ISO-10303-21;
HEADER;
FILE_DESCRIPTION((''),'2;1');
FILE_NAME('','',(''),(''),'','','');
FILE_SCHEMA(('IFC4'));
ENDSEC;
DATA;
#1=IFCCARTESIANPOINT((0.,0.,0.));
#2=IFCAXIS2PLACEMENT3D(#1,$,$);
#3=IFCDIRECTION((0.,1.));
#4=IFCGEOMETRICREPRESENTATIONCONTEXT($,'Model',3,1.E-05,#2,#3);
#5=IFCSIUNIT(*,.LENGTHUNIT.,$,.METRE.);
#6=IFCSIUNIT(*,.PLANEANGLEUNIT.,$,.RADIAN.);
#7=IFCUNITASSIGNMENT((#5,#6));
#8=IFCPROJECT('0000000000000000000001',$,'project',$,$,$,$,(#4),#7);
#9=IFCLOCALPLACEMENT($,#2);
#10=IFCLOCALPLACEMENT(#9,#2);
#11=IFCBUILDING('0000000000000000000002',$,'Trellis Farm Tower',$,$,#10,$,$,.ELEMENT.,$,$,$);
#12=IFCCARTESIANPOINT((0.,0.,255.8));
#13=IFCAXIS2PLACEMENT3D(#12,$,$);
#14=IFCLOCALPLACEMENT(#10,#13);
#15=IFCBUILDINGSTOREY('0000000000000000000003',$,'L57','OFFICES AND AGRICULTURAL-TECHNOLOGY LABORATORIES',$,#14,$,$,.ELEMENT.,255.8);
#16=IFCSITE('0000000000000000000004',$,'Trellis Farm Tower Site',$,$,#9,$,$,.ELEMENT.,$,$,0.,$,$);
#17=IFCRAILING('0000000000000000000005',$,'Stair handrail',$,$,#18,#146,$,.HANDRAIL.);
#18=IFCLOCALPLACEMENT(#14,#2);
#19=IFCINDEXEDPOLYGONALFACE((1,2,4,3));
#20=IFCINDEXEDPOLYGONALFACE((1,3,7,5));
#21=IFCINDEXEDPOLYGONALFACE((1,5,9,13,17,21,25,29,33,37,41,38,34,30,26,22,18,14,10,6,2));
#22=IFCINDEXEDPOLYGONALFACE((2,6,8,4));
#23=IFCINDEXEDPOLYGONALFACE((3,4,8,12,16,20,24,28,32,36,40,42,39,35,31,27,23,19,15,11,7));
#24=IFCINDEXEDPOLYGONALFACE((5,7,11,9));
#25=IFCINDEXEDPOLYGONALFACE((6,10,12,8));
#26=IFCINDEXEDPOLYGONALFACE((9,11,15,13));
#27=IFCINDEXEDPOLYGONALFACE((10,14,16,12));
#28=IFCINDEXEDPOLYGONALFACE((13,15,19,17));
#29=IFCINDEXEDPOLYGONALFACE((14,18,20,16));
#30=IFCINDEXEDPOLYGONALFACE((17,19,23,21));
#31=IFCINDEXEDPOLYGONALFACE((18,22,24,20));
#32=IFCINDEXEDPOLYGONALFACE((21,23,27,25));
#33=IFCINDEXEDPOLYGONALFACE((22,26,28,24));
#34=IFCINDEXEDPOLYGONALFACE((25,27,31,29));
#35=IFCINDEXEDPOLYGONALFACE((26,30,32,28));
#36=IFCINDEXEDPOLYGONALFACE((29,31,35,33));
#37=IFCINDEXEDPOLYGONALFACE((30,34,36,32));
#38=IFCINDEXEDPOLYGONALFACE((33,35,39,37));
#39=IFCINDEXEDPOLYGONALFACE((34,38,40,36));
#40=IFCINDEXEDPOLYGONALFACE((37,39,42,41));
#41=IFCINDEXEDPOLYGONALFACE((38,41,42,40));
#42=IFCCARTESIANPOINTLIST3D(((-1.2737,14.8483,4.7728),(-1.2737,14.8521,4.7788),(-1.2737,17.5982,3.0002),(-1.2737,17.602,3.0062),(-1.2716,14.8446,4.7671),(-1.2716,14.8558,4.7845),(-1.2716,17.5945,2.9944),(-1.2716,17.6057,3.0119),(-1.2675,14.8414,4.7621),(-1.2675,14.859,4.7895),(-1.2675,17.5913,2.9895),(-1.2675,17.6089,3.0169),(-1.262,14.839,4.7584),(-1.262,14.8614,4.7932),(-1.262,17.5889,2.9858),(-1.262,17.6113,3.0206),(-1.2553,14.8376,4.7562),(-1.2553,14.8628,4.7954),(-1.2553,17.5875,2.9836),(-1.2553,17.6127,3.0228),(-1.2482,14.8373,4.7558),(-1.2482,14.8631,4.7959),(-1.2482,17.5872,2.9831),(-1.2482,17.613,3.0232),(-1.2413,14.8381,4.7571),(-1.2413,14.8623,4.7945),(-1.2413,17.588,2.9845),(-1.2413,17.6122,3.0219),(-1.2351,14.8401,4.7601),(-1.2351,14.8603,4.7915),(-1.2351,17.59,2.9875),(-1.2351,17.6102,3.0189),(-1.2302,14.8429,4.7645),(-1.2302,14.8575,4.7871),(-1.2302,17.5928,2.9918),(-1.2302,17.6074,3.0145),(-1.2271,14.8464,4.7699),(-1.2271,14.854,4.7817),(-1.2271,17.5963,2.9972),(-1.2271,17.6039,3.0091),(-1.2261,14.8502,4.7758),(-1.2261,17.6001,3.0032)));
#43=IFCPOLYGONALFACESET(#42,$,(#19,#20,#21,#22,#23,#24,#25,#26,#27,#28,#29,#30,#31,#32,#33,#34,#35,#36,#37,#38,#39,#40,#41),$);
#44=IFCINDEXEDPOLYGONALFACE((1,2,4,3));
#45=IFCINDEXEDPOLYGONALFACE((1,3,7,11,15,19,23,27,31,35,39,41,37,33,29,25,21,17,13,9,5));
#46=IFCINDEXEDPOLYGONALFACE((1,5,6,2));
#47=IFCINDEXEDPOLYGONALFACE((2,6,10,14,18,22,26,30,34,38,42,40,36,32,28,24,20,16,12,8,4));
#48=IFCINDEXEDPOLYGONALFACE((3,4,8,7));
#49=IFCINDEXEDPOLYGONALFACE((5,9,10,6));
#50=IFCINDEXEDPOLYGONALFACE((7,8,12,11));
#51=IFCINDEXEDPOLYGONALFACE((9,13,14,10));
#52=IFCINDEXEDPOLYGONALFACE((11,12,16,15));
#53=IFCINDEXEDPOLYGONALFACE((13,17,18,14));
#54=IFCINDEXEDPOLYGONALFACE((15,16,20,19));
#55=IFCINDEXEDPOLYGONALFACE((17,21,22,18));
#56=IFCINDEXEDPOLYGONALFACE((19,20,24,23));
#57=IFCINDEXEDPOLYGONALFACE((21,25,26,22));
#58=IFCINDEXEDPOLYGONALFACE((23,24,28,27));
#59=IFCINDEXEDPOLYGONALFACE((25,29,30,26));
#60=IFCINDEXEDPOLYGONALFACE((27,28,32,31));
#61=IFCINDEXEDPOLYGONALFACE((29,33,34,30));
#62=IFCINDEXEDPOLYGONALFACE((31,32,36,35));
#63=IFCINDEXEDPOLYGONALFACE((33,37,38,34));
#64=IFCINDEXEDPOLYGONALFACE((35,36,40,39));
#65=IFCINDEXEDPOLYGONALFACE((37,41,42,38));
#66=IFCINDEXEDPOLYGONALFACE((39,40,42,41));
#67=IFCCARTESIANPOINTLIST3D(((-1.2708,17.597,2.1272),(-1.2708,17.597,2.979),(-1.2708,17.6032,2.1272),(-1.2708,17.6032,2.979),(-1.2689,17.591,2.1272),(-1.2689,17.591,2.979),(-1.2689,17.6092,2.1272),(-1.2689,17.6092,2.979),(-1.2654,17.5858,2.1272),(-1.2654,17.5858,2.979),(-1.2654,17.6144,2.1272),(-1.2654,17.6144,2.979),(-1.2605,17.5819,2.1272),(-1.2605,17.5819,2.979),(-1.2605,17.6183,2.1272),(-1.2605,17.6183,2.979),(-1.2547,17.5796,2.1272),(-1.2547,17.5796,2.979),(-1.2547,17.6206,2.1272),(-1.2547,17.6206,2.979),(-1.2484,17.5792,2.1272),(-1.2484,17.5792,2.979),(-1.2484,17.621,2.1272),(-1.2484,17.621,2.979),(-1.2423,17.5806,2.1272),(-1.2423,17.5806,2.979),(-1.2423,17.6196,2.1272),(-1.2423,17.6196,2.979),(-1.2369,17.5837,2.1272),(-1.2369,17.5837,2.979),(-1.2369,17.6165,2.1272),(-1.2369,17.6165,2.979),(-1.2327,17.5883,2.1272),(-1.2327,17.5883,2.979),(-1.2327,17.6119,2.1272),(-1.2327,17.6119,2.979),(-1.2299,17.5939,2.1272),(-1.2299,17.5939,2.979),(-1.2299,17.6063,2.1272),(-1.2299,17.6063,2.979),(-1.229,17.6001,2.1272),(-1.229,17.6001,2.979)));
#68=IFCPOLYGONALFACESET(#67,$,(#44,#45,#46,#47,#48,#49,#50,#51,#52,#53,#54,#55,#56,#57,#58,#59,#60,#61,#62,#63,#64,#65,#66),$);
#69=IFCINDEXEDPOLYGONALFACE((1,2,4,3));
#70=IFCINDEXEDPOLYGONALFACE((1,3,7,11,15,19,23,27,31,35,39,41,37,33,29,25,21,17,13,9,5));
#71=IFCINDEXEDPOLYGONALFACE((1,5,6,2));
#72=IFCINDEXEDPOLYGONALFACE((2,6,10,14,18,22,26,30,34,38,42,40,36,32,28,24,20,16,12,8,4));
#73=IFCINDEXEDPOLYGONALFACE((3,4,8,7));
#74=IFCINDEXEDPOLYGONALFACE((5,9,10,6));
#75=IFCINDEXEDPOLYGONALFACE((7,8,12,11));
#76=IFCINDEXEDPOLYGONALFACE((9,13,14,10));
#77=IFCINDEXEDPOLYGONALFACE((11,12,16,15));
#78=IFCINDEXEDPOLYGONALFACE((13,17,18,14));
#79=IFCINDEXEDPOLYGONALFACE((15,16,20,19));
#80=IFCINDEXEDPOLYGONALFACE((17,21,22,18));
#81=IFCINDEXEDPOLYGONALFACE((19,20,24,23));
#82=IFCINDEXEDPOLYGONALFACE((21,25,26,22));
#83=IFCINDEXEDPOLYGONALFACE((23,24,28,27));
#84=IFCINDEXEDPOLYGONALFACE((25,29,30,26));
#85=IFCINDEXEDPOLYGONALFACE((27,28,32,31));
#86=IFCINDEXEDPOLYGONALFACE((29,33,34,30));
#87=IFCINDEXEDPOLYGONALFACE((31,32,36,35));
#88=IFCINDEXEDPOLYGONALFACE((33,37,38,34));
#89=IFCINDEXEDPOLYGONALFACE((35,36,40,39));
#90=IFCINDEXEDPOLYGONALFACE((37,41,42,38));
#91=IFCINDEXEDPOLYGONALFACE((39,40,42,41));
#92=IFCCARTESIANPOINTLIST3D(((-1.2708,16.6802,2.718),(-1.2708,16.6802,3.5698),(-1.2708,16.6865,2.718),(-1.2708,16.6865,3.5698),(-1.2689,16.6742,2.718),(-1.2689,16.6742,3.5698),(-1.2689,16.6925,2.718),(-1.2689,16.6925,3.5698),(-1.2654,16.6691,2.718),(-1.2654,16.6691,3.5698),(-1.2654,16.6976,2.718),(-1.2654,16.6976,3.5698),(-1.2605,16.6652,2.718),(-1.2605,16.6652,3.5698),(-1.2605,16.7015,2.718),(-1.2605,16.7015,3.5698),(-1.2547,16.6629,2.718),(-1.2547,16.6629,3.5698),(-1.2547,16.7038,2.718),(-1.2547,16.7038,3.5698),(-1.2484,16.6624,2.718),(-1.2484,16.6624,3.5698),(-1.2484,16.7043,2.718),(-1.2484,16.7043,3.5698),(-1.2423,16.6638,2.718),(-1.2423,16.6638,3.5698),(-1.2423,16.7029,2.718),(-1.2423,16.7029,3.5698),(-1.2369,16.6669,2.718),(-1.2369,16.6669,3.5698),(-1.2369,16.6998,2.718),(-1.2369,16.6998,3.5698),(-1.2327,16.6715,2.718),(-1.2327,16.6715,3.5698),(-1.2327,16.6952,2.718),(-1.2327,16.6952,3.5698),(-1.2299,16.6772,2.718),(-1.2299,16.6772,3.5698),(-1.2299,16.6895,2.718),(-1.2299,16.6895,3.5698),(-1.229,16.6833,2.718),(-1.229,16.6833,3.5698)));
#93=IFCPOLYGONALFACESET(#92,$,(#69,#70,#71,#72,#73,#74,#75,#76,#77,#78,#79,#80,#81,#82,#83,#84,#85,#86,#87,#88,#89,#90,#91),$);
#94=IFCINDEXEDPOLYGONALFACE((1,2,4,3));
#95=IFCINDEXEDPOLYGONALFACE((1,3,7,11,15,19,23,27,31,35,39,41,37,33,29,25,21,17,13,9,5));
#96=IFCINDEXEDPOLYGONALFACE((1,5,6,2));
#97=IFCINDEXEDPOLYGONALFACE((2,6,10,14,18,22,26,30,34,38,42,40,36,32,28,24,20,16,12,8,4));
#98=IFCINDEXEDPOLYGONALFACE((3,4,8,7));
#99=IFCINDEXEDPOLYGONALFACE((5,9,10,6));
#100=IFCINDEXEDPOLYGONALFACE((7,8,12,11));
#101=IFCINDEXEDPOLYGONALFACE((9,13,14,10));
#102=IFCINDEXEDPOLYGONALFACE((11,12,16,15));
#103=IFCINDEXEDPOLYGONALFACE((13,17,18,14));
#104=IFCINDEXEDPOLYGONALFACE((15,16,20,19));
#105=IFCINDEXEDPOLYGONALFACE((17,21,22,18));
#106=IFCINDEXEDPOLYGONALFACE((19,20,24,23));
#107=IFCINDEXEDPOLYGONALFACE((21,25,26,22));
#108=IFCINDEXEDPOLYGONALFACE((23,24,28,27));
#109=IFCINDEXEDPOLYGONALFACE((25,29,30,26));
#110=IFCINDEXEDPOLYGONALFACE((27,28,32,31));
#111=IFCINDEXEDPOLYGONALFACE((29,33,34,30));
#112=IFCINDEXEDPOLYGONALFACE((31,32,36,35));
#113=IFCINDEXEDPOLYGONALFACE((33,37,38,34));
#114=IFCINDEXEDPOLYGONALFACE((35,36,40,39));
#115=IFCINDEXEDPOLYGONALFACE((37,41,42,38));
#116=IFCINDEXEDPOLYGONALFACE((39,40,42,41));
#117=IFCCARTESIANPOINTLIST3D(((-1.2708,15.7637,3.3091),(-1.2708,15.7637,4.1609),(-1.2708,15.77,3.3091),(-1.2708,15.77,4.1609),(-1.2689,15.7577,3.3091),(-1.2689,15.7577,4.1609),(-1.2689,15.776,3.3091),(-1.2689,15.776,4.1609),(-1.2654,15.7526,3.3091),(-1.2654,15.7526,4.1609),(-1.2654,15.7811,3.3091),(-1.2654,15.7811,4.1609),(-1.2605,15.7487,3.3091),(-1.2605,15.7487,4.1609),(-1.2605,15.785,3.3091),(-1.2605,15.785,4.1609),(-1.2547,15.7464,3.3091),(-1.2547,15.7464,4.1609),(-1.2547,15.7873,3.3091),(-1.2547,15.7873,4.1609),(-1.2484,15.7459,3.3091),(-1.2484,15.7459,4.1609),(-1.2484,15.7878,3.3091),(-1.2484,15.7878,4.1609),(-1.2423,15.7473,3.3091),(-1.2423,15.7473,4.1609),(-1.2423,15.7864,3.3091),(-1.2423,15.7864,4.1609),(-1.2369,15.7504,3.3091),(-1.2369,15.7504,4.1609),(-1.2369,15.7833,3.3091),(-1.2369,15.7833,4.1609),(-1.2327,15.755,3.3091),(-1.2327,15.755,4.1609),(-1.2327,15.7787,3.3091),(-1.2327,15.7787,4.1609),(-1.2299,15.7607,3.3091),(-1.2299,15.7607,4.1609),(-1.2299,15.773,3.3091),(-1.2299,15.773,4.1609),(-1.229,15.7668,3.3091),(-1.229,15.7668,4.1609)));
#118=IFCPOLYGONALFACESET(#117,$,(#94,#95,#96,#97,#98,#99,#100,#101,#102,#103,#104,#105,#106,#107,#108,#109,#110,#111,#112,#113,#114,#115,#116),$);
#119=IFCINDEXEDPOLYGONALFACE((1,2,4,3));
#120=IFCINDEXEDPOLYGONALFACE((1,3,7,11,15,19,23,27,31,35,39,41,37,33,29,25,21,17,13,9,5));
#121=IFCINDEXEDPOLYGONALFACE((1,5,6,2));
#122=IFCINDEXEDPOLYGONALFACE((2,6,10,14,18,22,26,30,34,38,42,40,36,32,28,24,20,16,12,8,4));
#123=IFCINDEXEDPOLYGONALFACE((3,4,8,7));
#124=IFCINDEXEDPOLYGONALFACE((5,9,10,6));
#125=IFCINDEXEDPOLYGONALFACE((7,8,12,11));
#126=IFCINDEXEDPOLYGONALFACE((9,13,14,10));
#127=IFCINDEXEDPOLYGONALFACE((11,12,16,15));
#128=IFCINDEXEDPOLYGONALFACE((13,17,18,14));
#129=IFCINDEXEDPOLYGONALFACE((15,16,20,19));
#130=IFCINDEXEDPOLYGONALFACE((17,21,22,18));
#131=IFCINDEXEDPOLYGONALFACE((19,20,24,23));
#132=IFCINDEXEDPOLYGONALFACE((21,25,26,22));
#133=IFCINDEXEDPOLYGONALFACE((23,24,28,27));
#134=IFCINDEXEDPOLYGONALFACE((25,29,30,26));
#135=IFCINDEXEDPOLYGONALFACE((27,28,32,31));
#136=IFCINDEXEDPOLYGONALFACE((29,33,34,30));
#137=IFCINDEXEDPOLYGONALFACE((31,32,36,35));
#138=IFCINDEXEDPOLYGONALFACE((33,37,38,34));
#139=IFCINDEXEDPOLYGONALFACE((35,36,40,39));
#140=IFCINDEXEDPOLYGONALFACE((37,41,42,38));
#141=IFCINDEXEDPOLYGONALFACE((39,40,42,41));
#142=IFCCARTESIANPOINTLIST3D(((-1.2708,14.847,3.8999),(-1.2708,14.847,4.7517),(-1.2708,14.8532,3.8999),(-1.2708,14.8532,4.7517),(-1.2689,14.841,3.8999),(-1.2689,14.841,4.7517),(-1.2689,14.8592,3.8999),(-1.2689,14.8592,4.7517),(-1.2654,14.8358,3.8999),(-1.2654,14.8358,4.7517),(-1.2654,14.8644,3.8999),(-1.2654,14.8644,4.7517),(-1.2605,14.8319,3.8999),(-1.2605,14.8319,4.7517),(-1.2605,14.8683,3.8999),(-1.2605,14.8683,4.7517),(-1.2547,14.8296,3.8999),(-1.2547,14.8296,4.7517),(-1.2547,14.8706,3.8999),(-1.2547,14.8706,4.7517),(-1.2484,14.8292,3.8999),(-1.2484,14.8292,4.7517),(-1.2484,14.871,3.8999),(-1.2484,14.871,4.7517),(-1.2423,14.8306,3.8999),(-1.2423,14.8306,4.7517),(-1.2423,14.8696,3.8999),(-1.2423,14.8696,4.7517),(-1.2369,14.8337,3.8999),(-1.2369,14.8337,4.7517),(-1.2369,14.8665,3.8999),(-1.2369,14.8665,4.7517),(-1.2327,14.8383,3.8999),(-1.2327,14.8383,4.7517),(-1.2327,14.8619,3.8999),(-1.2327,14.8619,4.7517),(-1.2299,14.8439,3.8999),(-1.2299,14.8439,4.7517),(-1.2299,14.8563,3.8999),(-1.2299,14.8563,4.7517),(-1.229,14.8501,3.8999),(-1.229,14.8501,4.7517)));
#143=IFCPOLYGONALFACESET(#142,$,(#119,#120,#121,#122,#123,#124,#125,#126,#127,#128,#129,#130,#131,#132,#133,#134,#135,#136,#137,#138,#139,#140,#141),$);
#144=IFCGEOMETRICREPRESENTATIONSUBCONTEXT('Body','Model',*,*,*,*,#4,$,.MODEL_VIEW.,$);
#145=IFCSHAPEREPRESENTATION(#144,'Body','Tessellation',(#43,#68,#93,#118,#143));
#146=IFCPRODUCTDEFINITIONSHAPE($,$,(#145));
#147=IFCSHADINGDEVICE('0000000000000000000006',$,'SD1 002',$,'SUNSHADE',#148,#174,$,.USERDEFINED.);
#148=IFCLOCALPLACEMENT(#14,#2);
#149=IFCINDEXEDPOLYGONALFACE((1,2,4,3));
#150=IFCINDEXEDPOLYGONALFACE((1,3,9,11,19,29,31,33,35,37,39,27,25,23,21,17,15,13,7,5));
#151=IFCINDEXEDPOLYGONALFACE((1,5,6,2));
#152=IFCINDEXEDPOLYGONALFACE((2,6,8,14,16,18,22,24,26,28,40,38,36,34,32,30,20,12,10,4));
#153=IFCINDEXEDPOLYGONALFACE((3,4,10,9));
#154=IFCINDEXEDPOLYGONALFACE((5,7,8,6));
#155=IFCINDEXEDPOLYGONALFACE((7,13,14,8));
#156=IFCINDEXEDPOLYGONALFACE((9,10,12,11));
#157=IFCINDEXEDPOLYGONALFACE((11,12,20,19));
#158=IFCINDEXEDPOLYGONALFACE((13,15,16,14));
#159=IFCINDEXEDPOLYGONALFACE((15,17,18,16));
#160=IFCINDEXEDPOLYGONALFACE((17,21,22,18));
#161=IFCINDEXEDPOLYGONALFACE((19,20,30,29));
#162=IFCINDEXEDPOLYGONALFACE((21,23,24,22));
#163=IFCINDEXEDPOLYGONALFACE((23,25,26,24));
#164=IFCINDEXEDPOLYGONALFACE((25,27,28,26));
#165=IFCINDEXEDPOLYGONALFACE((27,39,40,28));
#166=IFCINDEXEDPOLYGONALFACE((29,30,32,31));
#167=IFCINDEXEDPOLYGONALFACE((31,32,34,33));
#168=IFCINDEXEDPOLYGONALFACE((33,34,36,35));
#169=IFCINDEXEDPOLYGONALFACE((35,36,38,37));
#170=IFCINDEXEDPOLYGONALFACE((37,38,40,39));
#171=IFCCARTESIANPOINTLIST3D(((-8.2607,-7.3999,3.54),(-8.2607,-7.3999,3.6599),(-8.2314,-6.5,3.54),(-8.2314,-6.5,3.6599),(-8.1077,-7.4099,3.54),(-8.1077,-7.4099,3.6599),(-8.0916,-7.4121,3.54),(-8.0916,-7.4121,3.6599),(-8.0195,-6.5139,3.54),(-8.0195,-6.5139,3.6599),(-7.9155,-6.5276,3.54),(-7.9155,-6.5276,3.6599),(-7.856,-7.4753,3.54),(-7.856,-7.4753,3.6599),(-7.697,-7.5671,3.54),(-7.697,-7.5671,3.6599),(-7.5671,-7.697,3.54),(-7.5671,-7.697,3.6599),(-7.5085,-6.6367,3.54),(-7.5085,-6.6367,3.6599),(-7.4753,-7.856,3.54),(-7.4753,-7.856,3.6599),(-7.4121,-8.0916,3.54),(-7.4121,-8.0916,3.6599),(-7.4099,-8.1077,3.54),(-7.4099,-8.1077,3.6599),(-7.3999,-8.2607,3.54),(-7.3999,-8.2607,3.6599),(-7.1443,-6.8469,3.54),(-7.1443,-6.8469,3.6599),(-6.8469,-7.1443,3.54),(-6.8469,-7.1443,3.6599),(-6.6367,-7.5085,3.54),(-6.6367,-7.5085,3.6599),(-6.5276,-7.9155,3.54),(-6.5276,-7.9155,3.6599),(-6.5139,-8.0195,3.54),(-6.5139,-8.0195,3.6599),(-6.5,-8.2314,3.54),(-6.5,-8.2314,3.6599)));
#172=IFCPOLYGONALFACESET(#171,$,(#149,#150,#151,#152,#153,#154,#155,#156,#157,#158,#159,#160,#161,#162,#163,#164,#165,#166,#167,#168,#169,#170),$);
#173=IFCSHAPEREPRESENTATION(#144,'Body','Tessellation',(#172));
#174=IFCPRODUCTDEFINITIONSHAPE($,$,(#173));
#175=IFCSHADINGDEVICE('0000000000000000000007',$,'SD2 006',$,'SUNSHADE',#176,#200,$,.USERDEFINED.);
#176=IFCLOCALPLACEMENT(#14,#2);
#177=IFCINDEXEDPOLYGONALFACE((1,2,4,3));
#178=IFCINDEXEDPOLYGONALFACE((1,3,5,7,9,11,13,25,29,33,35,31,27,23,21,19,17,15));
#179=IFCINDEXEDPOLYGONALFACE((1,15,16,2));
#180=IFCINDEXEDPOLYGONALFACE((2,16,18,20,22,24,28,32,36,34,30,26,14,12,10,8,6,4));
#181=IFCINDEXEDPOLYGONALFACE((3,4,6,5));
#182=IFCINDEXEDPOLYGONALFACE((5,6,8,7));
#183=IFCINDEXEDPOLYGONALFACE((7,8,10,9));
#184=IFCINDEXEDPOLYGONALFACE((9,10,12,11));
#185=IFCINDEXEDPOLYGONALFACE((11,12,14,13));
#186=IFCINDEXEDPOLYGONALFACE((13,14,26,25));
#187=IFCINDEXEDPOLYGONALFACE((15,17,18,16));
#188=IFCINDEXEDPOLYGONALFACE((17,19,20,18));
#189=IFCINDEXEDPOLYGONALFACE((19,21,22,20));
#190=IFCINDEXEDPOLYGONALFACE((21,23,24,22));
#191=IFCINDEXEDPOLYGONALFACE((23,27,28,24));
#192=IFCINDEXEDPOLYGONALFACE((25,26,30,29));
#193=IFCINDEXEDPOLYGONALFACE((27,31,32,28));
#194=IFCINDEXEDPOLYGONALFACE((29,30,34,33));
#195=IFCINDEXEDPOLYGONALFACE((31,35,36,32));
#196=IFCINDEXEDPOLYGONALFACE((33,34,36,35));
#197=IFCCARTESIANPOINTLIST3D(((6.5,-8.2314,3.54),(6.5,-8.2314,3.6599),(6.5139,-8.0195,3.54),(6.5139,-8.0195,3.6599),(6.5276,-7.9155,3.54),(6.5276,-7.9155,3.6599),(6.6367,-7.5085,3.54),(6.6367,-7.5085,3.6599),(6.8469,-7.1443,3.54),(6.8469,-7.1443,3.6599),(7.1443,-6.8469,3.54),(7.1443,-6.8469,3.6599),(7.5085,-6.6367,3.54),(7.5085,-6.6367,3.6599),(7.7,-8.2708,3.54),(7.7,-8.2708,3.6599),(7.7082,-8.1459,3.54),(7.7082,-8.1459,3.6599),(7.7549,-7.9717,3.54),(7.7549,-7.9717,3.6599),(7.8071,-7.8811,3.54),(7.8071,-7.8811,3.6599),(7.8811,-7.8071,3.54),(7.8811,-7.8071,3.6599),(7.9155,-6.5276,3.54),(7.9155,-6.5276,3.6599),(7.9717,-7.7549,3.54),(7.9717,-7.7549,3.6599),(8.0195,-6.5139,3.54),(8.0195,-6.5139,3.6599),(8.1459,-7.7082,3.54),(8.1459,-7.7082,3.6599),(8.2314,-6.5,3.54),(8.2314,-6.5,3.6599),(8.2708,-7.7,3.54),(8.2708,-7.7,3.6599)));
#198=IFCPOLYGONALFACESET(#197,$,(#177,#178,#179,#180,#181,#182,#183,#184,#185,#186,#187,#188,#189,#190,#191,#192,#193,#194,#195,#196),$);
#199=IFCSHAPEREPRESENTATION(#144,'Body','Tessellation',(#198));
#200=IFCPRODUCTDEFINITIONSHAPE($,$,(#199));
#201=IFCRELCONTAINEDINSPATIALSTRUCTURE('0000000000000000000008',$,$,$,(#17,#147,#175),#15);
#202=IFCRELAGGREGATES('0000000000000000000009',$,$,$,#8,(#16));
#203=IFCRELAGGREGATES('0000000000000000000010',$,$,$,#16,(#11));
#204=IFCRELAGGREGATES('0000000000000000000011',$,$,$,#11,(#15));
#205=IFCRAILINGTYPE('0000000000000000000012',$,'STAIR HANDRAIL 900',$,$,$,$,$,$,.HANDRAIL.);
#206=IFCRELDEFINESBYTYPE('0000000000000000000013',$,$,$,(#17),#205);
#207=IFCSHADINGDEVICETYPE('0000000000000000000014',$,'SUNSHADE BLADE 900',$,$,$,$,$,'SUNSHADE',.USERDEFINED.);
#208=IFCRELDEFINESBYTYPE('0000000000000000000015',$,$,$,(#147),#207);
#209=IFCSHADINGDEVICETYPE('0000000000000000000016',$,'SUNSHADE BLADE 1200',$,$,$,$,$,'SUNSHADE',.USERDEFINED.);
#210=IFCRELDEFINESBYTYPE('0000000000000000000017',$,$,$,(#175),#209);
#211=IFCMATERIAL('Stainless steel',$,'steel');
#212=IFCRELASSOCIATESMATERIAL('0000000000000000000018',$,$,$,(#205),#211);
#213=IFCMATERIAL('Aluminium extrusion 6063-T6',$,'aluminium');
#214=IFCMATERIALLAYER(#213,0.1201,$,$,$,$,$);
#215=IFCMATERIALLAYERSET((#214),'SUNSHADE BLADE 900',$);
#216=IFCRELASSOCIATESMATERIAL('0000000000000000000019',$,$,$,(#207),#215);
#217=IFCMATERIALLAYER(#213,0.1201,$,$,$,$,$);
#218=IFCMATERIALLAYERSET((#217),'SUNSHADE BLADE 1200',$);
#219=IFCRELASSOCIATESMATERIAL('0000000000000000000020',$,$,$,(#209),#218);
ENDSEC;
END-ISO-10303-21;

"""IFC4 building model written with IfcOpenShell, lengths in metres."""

from ifc_helpers import new_model, si_unit, direction, frame, origin, origin_2d, place, context, subcontext, project, spatial, polyline, circle, outline, extrude, source, transform, mapped, material, layer, layer_set, type_object, element, save


model = new_model("IFC4")

# Units and contexts
model_context = context("Model", 3, precision=1e-05, world=origin(), true_north=direction((0.0, 1.0)))
body_context = subcontext(model_context, "Body", "Model", "MODEL_VIEW")
ifc_project = project(units=[si_unit("LENGTHUNIT", "METRE"), si_unit("PLANEANGLEUNIT", "RADIAN")], contexts=[model_context])

# Site, building, storey
site_placement = place(None, origin())
site = spatial("IfcSite", under=ifc_project, at=site_placement, Name="Trellis Farm Tower Site", CompositionType="ELEMENT", RefElevation=0.0)
building_placement = place(site_placement, origin())
building = spatial("IfcBuilding", under=site, at=building_placement, Name="Trellis Farm Tower", CompositionType="ELEMENT")
storey_placement = place(building_placement, frame((0.0, 0.0, 255.8)))
storey = spatial("IfcBuildingStorey", under=building, at=storey_placement, Name="L57", Description="OFFICES AND AGRICULTURAL-TECHNOLOGY LABORATORIES", CompositionType="ELEMENT", Elevation=255.8)

# Shared definitions
ifc_material_1 = material(Name="Aluminium extrusion 6063-T6", Category="aluminium")

# Railing
ifc_material_2 = material(Name="Stainless steel", Category="steel")
railing_type = type_object("IfcRailingType", Name="STAIR HANDRAIL 900", PredefinedType="HANDRAIL", material=ifc_material_2)
shared_shape_1 = source(origin(), body_context, "Body", "SweptSolid", [
    extrude(circle(Radius=0.0239, at=origin_2d()), frame((0.0, 0.0, 0.876), z_axis=(0.0, -0.840504, 0.541806), x_axis=(1.0, 0.0, 0.0)), (0.0, 0.0, 1.0), 3.2717),
    extrude(circle(Radius=0.021, at=origin_2d()), origin(), (0.0, 0.0, 1.0), 0.8518),
    extrude(circle(Radius=0.021, at=origin_2d()), frame((0.0, -0.9167, 0.5908)), (0.0, 0.0, 1.0), 0.8518),
    extrude(circle(Radius=0.021, at=origin_2d()), frame((0.0, -1.8333, 1.1819)), (0.0, 0.0, 1.0), 0.8518),
    extrude(circle(Radius=0.021, at=origin_2d()), frame((0.0, -2.75, 1.7727)), (0.0, 0.0, 1.0), 0.8518),
])
railing_placement = place(storey_placement, frame((-1.25, 17.6001, 2.1272)))
element("IfcRailing", 1, at=railing_placement, inside=storey, type_object=railing_type, Name="Stair handrail", PredefinedType="HANDRAIL", context=body_context, shape_type="MappedRepresentation", body=[
    mapped(shared_shape_1, transform((0.0, 0.0, 0.0))),
])

# Shading devices
ifc_layer_1 = layer(ifc_material_1, 0.1201)
ifc_layer_set_1 = layer_set([ifc_layer_1], Name="SUNSHADE BLADE 900")
shading_device_type_1 = type_object("IfcShadingDeviceType", Name="SUNSHADE BLADE 900", ElementType="SUNSHADE", PredefinedType="USERDEFINED", material=ifc_layer_set_1)
shared_shape_2 = source(origin(), body_context, "Body", "SweptSolid", [
    extrude(outline(polyline([(-8.2607, -7.3999), (-8.1077, -7.4099), (-8.0916, -7.4121), (-7.856, -7.4753), (-7.697, -7.5671), (-7.5671, -7.697), (-7.4753, -7.856), (-7.4121, -8.0916), (-7.4099, -8.1077), (-7.3999, -8.2607), (-6.5, -8.2314), (-6.5139, -8.0195), (-6.5276, -7.9155), (-6.6367, -7.5085), (-6.8469, -7.1443), (-7.1443, -6.8469), (-7.5085, -6.6367), (-7.9155, -6.5276), (-8.0195, -6.5139), (-8.2314, -6.5), (-8.2607, -7.3999)])), origin(), (0.0, 0.0, 1.0), 0.1199),
])
placement_1 = place(storey_placement, frame((0.0, 0.0, 3.54)))
element("IfcShadingDevice", 2, at=placement_1, inside=storey, type_object=shading_device_type_1, Name="SD1 002", ObjectType="SUNSHADE", PredefinedType="USERDEFINED", context=body_context, shape_type="MappedRepresentation", body=[
    mapped(shared_shape_2, transform((0.0, 0.0, 0.0))),
])
ifc_layer_2 = layer(ifc_material_1, 0.1201)
ifc_layer_set_2 = layer_set([ifc_layer_2], Name="SUNSHADE BLADE 1200")
shading_device_type_2 = type_object("IfcShadingDeviceType", Name="SUNSHADE BLADE 1200", ElementType="SUNSHADE", PredefinedType="USERDEFINED", material=ifc_layer_set_2)
shared_shape_3 = source(origin(), body_context, "Body", "SweptSolid", [
    extrude(outline(polyline([(7.7, -8.2708), (7.7087, -8.1372), (7.707, -8.1501), (7.7549, -7.9717), (7.8071, -7.8811), (7.8811, -7.8071), (7.9717, -7.7549), (8.1501, -7.707), (8.1372, -7.7087), (8.2708, -7.7), (8.2314, -6.5), (8.0195, -6.5139), (7.9155, -6.5276), (7.5085, -6.6367), (7.1443, -6.8469), (6.8469, -7.1443), (6.6367, -7.5085), (6.5276, -7.9155), (6.5139, -8.0195), (6.5, -8.2314), (7.7, -8.2708)])), origin(), (0.0, 0.0, 1.0), 0.1199),
])
element("IfcShadingDevice", 3, at=placement_1, inside=storey, type_object=shading_device_type_2, Name="SD2 006", ObjectType="SUNSHADE", PredefinedType="USERDEFINED", context=body_context, shape_type="MappedRepresentation", body=[
    mapped(shared_shape_3, transform((0.0, 0.0, 0.0))),
])

save(model, "model.ifc")
